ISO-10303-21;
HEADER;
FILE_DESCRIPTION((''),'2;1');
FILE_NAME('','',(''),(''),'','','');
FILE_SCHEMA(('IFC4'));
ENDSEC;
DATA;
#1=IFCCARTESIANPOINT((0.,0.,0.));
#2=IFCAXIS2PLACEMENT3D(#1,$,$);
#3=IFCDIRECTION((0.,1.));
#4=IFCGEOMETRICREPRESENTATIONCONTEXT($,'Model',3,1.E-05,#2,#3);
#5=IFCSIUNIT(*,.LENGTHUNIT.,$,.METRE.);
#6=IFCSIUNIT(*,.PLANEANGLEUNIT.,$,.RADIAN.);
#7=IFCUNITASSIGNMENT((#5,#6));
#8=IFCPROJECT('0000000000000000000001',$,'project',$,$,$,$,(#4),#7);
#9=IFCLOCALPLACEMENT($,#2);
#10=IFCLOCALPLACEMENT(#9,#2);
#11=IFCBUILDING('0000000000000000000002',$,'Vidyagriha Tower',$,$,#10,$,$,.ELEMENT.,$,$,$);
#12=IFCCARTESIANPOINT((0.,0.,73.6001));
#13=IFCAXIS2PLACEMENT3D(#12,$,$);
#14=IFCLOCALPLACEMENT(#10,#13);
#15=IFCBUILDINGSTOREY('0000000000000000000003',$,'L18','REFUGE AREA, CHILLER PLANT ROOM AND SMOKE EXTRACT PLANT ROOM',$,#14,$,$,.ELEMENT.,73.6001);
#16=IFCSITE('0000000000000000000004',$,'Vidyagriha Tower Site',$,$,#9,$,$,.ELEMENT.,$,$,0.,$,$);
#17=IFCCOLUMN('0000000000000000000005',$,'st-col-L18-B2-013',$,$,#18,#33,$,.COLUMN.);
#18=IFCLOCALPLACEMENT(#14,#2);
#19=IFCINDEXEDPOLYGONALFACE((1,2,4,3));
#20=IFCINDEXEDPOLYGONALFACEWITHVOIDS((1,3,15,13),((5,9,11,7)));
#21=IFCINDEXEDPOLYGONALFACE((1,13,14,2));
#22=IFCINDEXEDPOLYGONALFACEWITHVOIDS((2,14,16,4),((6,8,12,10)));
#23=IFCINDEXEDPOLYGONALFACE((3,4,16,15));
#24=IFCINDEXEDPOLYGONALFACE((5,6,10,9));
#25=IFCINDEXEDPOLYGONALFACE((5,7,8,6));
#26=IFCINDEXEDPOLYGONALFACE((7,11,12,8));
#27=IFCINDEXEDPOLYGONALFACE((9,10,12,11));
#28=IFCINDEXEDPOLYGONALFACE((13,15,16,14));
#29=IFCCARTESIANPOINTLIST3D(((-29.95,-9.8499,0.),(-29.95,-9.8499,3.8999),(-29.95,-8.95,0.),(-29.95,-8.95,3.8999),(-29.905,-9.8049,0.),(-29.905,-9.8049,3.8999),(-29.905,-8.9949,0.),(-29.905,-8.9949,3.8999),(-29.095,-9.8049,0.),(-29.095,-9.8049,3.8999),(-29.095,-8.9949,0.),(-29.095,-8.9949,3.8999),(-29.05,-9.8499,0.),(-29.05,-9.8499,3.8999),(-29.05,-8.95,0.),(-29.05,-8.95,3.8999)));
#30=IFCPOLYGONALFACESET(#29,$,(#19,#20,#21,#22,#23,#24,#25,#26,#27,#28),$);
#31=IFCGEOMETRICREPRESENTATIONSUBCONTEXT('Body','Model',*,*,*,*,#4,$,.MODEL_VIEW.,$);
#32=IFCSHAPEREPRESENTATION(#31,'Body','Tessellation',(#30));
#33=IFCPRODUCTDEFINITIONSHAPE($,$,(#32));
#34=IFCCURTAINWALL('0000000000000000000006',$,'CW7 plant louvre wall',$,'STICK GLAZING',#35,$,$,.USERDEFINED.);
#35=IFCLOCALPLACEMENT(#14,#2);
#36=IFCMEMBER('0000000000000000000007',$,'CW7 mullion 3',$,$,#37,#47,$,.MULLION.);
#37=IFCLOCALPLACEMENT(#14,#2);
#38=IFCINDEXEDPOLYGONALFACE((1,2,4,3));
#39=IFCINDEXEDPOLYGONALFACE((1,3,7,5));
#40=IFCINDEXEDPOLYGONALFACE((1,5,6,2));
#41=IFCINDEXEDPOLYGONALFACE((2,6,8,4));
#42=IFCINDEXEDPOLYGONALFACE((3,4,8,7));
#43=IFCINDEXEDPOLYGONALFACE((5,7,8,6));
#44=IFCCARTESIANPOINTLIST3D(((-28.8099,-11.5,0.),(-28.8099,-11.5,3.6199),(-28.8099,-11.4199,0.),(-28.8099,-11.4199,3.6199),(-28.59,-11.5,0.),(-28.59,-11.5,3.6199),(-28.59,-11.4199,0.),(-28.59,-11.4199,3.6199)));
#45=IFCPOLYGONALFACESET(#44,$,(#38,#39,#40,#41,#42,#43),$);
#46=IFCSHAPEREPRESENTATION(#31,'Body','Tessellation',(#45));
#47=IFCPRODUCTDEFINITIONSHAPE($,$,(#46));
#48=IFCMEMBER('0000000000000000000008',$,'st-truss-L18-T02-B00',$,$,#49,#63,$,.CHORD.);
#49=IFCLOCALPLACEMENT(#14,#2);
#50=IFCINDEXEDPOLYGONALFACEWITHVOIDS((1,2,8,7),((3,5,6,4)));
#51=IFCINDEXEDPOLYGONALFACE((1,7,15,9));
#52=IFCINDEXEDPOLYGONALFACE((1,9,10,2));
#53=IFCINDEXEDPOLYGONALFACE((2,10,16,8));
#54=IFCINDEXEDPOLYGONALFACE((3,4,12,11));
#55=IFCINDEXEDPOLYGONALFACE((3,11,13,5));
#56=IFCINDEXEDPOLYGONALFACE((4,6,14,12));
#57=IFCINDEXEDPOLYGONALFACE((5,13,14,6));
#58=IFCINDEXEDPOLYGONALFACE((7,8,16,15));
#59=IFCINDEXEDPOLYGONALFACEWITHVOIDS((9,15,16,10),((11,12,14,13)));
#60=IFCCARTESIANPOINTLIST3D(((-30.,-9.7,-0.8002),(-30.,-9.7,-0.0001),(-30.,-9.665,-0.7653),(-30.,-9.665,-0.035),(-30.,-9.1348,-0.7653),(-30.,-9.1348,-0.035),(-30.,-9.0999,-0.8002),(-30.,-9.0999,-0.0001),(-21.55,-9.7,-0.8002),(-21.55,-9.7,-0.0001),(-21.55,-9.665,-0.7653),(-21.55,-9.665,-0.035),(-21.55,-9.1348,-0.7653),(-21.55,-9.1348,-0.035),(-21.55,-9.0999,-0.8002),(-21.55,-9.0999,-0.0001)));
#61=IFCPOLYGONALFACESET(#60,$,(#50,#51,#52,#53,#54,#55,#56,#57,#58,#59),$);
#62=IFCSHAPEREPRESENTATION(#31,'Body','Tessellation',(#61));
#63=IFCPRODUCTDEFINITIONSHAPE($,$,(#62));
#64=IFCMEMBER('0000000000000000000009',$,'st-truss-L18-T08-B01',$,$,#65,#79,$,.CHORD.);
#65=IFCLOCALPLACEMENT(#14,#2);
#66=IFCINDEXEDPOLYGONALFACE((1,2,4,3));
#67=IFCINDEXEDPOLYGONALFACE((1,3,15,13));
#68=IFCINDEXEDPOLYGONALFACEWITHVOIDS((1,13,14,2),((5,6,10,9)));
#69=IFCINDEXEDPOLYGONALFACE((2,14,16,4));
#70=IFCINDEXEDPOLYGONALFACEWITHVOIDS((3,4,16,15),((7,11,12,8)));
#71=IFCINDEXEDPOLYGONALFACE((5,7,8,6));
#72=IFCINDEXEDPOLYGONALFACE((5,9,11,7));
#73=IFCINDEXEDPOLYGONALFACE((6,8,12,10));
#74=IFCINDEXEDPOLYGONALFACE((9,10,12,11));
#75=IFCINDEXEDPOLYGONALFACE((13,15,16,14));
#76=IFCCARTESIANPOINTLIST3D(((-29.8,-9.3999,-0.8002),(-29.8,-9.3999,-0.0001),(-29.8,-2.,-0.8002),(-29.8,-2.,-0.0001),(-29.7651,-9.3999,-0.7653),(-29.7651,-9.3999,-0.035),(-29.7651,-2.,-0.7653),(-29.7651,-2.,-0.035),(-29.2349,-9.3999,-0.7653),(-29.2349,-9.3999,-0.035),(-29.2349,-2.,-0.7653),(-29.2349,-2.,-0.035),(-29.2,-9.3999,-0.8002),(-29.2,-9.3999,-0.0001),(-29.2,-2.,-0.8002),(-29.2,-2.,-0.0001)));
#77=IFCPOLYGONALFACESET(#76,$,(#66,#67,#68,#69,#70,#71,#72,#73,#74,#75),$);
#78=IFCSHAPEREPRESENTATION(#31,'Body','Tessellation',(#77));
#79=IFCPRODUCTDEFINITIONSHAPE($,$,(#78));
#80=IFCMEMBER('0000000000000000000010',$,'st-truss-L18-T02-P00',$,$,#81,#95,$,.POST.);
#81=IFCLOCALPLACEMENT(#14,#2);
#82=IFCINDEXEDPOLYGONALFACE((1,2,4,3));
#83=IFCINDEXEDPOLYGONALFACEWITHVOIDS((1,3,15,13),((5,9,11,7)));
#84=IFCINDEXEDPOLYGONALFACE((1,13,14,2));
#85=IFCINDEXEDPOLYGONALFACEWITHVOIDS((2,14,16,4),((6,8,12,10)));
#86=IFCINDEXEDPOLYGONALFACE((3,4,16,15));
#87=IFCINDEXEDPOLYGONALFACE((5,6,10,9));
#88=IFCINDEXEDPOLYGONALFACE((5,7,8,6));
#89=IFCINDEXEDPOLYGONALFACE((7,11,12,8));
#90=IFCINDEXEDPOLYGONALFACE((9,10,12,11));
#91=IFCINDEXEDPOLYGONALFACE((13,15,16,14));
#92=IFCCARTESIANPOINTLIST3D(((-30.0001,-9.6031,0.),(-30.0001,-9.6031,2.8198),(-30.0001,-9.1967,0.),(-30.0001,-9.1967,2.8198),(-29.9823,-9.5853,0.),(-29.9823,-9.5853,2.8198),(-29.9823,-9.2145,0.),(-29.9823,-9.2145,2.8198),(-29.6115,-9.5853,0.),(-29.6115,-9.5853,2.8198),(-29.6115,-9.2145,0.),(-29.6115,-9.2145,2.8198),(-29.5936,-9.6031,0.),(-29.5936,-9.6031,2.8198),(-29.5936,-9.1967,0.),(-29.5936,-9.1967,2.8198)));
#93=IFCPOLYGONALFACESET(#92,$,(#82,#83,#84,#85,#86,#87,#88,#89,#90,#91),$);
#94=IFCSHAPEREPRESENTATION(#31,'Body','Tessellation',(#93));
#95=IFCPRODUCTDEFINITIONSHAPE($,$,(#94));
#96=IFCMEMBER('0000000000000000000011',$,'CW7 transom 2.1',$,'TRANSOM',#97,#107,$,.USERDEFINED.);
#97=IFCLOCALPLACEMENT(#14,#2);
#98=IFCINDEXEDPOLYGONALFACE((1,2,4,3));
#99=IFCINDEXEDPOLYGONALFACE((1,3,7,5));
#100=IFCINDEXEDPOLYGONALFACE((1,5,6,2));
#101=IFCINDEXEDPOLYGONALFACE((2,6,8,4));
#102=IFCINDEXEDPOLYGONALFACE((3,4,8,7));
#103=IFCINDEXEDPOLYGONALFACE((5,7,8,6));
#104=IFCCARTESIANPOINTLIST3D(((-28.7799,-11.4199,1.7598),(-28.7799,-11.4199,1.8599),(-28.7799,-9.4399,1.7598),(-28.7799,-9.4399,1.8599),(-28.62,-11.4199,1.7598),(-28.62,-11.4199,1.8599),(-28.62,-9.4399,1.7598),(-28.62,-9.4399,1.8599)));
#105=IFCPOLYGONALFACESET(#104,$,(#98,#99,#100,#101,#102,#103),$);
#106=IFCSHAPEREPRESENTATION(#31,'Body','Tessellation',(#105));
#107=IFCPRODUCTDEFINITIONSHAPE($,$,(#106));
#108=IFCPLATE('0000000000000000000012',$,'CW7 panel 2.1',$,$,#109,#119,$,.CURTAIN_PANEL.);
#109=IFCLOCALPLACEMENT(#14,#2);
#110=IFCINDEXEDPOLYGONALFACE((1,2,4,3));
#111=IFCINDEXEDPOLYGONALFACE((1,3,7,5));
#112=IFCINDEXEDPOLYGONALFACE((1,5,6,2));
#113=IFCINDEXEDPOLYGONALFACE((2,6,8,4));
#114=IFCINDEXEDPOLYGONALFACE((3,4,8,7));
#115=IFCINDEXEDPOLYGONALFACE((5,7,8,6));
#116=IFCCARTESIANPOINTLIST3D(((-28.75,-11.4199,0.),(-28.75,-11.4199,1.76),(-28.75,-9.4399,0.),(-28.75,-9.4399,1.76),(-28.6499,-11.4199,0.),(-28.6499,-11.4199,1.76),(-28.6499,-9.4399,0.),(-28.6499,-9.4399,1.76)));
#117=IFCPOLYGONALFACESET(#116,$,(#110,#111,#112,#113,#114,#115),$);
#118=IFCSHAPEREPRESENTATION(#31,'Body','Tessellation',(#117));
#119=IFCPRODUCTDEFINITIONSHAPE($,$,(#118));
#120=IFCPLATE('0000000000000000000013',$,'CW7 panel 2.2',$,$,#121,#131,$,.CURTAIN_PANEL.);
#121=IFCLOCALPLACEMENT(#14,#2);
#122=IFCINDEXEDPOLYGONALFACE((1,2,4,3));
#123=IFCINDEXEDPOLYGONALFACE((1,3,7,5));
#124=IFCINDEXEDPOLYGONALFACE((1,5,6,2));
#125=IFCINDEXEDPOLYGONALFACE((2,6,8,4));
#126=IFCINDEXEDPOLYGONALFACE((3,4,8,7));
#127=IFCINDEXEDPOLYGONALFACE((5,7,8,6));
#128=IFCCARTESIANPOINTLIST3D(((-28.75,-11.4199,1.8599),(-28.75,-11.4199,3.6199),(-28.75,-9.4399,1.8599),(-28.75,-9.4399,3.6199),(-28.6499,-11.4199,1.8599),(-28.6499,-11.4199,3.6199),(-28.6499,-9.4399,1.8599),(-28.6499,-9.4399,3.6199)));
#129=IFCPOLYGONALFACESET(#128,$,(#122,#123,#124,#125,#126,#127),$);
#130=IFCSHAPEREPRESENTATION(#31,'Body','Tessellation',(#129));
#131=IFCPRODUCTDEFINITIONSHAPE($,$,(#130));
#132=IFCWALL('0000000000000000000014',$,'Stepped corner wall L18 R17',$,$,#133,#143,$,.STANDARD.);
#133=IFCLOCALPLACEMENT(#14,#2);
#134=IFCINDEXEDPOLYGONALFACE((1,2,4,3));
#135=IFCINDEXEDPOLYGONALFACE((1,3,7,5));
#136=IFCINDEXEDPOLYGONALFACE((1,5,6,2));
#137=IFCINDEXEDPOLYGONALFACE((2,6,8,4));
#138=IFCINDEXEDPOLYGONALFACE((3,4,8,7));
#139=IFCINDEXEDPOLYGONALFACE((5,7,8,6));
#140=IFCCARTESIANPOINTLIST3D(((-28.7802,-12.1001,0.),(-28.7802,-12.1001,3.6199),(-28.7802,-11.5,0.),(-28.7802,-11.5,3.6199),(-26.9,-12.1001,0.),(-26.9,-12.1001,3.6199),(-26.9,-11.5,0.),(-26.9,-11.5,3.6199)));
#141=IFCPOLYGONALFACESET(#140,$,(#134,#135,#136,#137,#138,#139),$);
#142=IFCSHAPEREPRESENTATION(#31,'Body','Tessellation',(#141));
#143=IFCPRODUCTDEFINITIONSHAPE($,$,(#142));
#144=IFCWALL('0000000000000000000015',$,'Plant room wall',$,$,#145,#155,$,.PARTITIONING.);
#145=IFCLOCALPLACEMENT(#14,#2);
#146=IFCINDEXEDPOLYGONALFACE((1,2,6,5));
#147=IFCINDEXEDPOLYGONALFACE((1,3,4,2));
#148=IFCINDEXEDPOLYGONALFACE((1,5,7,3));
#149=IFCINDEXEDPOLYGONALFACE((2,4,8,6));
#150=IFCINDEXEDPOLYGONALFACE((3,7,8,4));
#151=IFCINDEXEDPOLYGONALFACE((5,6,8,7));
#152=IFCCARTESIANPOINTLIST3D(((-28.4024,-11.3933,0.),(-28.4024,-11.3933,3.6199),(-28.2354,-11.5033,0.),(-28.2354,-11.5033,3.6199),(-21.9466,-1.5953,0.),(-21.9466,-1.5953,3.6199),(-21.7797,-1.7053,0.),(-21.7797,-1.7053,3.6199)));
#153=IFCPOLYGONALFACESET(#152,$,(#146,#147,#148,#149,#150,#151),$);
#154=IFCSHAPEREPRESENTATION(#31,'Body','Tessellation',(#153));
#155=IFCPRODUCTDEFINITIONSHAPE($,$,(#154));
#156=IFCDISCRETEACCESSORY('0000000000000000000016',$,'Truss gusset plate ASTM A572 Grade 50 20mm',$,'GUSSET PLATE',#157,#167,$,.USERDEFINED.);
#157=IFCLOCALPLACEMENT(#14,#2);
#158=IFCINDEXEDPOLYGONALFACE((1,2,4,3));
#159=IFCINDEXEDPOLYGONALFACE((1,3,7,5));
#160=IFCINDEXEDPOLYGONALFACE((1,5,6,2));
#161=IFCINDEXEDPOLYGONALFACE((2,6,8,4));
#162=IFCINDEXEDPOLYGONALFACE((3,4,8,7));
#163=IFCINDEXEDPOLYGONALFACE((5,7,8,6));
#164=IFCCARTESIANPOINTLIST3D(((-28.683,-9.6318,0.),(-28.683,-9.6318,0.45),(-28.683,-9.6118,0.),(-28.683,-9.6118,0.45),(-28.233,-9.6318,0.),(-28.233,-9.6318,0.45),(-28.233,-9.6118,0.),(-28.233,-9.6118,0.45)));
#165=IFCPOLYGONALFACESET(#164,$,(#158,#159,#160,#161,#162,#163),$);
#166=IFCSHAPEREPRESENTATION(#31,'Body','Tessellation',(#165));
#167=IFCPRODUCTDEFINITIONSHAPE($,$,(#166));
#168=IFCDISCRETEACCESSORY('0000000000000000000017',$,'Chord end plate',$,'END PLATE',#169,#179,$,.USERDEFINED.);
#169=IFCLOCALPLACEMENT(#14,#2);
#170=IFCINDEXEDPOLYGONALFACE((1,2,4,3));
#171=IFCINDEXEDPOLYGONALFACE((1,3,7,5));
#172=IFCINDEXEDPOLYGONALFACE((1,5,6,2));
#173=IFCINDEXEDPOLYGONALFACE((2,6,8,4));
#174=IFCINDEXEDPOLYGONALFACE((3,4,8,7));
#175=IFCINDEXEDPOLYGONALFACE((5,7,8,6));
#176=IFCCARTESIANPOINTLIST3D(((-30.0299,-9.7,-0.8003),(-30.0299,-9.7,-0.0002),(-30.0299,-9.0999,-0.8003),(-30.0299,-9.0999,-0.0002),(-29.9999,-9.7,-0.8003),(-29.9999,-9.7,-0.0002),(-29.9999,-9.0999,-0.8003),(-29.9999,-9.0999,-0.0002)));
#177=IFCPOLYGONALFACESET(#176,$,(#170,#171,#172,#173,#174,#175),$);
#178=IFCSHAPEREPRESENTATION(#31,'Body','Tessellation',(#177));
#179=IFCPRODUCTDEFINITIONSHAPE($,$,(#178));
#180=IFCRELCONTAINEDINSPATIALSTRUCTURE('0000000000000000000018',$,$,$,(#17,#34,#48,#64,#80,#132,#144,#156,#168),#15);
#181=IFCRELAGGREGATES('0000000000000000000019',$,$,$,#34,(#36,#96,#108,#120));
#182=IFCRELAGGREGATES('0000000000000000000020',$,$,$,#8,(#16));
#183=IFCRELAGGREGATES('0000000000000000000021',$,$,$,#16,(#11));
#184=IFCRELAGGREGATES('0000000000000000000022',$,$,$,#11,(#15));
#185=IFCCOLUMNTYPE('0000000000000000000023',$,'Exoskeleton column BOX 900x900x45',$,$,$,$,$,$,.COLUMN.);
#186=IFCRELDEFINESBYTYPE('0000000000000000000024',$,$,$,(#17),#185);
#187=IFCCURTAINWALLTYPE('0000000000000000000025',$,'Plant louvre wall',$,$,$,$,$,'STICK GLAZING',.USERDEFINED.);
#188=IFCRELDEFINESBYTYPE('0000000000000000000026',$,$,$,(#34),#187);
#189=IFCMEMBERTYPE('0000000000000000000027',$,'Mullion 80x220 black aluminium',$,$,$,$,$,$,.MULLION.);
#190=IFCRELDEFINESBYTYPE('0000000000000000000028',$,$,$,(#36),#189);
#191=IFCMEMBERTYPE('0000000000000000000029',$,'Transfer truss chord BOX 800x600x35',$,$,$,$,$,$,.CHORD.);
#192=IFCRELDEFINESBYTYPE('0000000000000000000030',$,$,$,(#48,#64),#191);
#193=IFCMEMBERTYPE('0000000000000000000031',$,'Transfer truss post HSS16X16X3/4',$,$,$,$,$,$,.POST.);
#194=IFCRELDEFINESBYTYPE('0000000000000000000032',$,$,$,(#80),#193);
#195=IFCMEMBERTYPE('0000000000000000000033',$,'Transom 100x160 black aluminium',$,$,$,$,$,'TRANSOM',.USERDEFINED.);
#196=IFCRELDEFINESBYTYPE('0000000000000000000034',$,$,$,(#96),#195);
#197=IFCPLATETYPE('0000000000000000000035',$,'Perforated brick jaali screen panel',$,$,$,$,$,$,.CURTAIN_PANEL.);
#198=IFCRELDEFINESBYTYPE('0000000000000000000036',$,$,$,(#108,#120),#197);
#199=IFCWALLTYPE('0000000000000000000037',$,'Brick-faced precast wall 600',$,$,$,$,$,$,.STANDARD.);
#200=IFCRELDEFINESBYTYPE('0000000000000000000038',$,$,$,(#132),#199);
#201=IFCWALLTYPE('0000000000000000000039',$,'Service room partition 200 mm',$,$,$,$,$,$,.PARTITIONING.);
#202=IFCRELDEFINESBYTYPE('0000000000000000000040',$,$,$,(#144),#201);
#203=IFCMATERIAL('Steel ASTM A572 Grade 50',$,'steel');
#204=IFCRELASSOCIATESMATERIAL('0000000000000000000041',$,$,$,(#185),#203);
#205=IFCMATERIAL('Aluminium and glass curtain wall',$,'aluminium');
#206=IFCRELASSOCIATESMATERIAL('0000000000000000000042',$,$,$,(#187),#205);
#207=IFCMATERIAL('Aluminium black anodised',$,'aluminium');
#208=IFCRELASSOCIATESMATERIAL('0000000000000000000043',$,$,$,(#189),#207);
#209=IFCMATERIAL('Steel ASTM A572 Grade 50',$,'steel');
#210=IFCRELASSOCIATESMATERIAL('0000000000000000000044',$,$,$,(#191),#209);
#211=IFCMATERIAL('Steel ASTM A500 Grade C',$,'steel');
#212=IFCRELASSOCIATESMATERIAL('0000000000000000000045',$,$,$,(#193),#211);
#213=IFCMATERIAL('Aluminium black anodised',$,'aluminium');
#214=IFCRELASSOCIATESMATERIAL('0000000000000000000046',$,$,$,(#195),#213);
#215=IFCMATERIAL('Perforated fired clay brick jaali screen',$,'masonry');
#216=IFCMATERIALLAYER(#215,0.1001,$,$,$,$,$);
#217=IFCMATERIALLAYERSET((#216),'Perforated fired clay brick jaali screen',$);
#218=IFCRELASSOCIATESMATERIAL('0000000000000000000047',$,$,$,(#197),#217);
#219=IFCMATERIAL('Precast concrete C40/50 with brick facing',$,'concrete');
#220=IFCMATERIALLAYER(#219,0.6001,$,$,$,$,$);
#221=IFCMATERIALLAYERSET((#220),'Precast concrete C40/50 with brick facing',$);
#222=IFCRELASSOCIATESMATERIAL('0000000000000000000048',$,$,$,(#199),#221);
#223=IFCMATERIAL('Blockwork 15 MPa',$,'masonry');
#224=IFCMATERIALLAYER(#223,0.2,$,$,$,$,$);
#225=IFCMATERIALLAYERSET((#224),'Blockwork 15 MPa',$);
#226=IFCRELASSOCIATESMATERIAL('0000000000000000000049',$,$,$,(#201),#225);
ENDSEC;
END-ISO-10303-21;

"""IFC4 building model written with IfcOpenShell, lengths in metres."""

from ifc_helpers import new_model, si_unit, direction, frame, frame_2d, origin, origin_2d, place, context, subcontext, project, spatial, rectangle, hollow_rectangle, extrude, material, layer, layer_set, material_profile, profile_set, type_object, element, aggregate, save


model = new_model("IFC4")

# Units and contexts
model_context = context("Model", 3, precision=1e-05, world=origin(), true_north=direction((0.0, 1.0)))
body_context = subcontext(model_context, "Body", "Model", "MODEL_VIEW")
ifc_project = project(units=[si_unit("LENGTHUNIT", "METRE"), si_unit("PLANEANGLEUNIT", "RADIAN")], contexts=[model_context])

# Site, building, storey
site_placement = place(None, origin())
site = spatial("IfcSite", under=ifc_project, at=site_placement, Name="Vidyagriha Tower Site", CompositionType="ELEMENT", RefElevation=0.0)
building_placement = place(site_placement, origin())
building = spatial("IfcBuilding", under=site, at=building_placement, Name="Vidyagriha Tower", CompositionType="ELEMENT")
storey_placement = place(building_placement, frame((0.0, 0.0, 73.6001)))
storey = spatial("IfcBuildingStorey", under=building, at=storey_placement, Name="L18", Description="REFUGE AREA, CHILLER PLANT ROOM AND SMOKE EXTRACT PLANT ROOM", CompositionType="ELEMENT", Elevation=73.6001)

# Column
ifc_material_1 = material(Name="Steel ASTM A572 Grade 50", Category="steel")
ifc_material_profile_1 = material_profile(ifc_material_1, hollow_rectangle(XDim=0.8999, YDim=0.8999, WallThickness=0.0449, at=origin_2d()), Name="BOX 900x900x45")
ifc_profile_set_1 = profile_set([ifc_material_profile_1], Name="Steel ASTM A572 Grade 50")
column_type = type_object("IfcColumnType", Name="Exoskeleton column BOX 900x900x45", PredefinedType="COLUMN", material=ifc_profile_set_1)
column_placement = place(storey_placement, frame((-29.5, -9.3999, 0.0)))
element("IfcColumn", 1, at=column_placement, inside=storey, type_object=column_type, Name="st-col-L18-B2-013", PredefinedType="COLUMN", context=body_context, shape_type="SweptSolid", body=[
    extrude(hollow_rectangle(XDim=0.8999, YDim=0.8999, WallThickness=0.0449, at=origin_2d()), origin(), (0.0, 0.0, 1.0), 3.8999),
])

# Curtain wall, member
ifc_material_2 = material(Name="Aluminium and glass curtain wall", Category="aluminium")
curtain_wall_type = type_object("IfcCurtainWallType", Name="Plant louvre wall", ElementType="STICK GLAZING", PredefinedType="USERDEFINED", material=ifc_material_2)
curtain_wall_placement = place(storey_placement, origin())
curtain_wall = element("IfcCurtainWall", 2, at=curtain_wall_placement, inside=storey, type_object=curtain_wall_type, Name="CW7 plant louvre wall", ObjectType="STICK GLAZING", PredefinedType="USERDEFINED")
ifc_material_3 = material(Name="Aluminium black anodised", Category="aluminium")
ifc_material_profile_2 = material_profile(ifc_material_3, rectangle(XDim=0.22, YDim=0.0801, at=origin_2d()), Name="Mullion 80x220 black aluminium")
ifc_profile_set_2 = profile_set([ifc_material_profile_2], Name="Aluminium black anodised")
member_type_1 = type_object("IfcMemberType", Name="Mullion 80x220 black aluminium", PredefinedType="MULLION", material=ifc_profile_set_2)
member_1_placement = place(storey_placement, frame((-28.7, -11.46, 0.0)))
member_1 = element("IfcMember", 3, at=member_1_placement, type_object=member_type_1, Name="CW7 mullion 3", PredefinedType="MULLION", context=body_context, shape_type="SweptSolid", body=[
    extrude(rectangle(XDim=0.22, YDim=0.0801, at=origin_2d()), origin(), (0.0, 0.0, 1.0), 3.6199),
])

# Members
ifc_material_4 = material(Name="Steel ASTM A572 Grade 50", Category="steel")
ifc_material_profile_3 = material_profile(ifc_material_4, hollow_rectangle(XDim=0.6001, YDim=0.8, WallThickness=0.0349, at=origin_2d()), Name="BOX 800x600x35")
ifc_profile_set_3 = profile_set([ifc_material_profile_3], Name="Steel ASTM A572 Grade 50")
member_type_2 = type_object("IfcMemberType", Name="Transfer truss chord BOX 800x600x35", PredefinedType="CHORD", material=ifc_profile_set_3)
member_2_placement = place(storey_placement, frame((-30.0, -9.3999, -0.4001), z_axis=(1.0, 0.0, 0.0), x_axis=(0.0, 1.0, 0.0)))
element("IfcMember", 4, at=member_2_placement, inside=storey, type_object=member_type_2, Name="st-truss-L18-T02-B00", PredefinedType="CHORD", context=body_context, shape_type="SweptSolid", body=[
    extrude(hollow_rectangle(XDim=0.6001, YDim=0.8, WallThickness=0.0349, at=origin_2d()), origin(), (0.0, 0.0, 1.0), 8.45),
])
member_3_placement = place(storey_placement, frame((-29.5, -9.3999, -0.4001), z_axis=(0.0, 1.0, 0.0), x_axis=(-1.0, 0.0, 0.0)))
element("IfcMember", 5, at=member_3_placement, inside=storey, type_object=member_type_2, Name="st-truss-L18-T08-B01", PredefinedType="CHORD", context=body_context, shape_type="SweptSolid", body=[
    extrude(hollow_rectangle(XDim=0.6001, YDim=0.8, WallThickness=0.0349, at=origin_2d()), origin(), (0.0, 0.0, 1.0), 7.3999),
])
ifc_material_5 = material(Name="Steel ASTM A500 Grade C", Category="steel")
ifc_material_profile_4 = material_profile(ifc_material_5, hollow_rectangle(XDim=0.4065, YDim=0.4065, WallThickness=0.0178, at=origin_2d()), Name="HSS16X16X3/4")
ifc_profile_set_4 = profile_set([ifc_material_profile_4], Name="Steel ASTM A500 Grade C")
member_type_3 = type_object("IfcMemberType", Name="Transfer truss post HSS16X16X3/4", PredefinedType="POST", material=ifc_profile_set_4)
member_4_placement = place(storey_placement, frame((-29.7969, -9.3999, 0.0)))
element("IfcMember", 6, at=member_4_placement, inside=storey, type_object=member_type_3, Name="st-truss-L18-T02-P00", PredefinedType="POST", context=body_context, shape_type="SweptSolid", body=[
    extrude(hollow_rectangle(XDim=0.4065, YDim=0.4065, WallThickness=0.0178, at=origin_2d()), origin(), (0.0, 0.0, 1.0), 2.8198),
])

# Member
ifc_material_6 = material(Name="Aluminium black anodised", Category="aluminium")
ifc_material_profile_5 = material_profile(ifc_material_6, rectangle(XDim=0.1599, YDim=0.1001, at=origin_2d()), Name="Transom 100x160 black aluminium")
ifc_profile_set_5 = profile_set([ifc_material_profile_5], Name="Aluminium black anodised")
member_type_4 = type_object("IfcMemberType", Name="Transom 100x160 black aluminium", ElementType="TRANSOM", PredefinedType="USERDEFINED", material=ifc_profile_set_5)
member_5_placement = place(storey_placement, frame((-28.7, -9.4399, 1.8098), z_axis=(0.0, -1.0, 0.0), x_axis=(1.0, 0.0, 0.0)))
member_5 = element("IfcMember", 7, at=member_5_placement, type_object=member_type_4, Name="CW7 transom 2.1", ObjectType="TRANSOM", PredefinedType="USERDEFINED", context=body_context, shape_type="SweptSolid", body=[
    extrude(rectangle(XDim=0.1599, YDim=0.1001, at=origin_2d()), origin(), (0.0, 0.0, 1.0), 1.98),
])

# Plates
ifc_material_7 = material(Name="Perforated fired clay brick jaali screen", Category="masonry")
ifc_layer_1 = layer(ifc_material_7, 0.1001)
ifc_layer_set_1 = layer_set([ifc_layer_1], Name="Perforated fired clay brick jaali screen")
plate_type = type_object("IfcPlateType", Name="Perforated brick jaali screen panel", PredefinedType="CURTAIN_PANEL", material=ifc_layer_set_1)
plate_1_placement = place(storey_placement, frame((-28.7, -10.4299, 0.0), z_axis=(0.0, 0.0, 1.0), x_axis=(0.0, -1.0, 0.0)))
plate_1 = element("IfcPlate", 8, at=plate_1_placement, type_object=plate_type, Name="CW7 panel 2.1", PredefinedType="CURTAIN_PANEL", context=body_context, shape_type="SweptSolid", body=[
    extrude(rectangle(XDim=1.98, YDim=0.1001, at=origin_2d()), origin(), (0.0, 0.0, 1.0), 1.76),
])
plate_2_placement = place(storey_placement, frame((-28.7, -10.4299, 1.8599), z_axis=(0.0, 0.0, 1.0), x_axis=(0.0, -1.0, 0.0)))
plate_2 = element("IfcPlate", 9, at=plate_2_placement, type_object=plate_type, Name="CW7 panel 2.2", PredefinedType="CURTAIN_PANEL", context=body_context, shape_type="SweptSolid", body=[
    extrude(rectangle(XDim=1.98, YDim=0.1001, at=origin_2d()), origin(), (0.0, 0.0, 1.0), 1.76),
])
aggregate(curtain_wall, [member_1, member_5, plate_1, plate_2])

# Walls
ifc_material_8 = material(Name="Precast concrete C40/50 with brick facing", Category="concrete")
ifc_layer_2 = layer(ifc_material_8, 0.6001)
ifc_layer_set_2 = layer_set([ifc_layer_2], Name="Precast concrete C40/50 with brick facing")
wall_type_1 = type_object("IfcWallType", Name="Brick-faced precast wall 600", PredefinedType="STANDARD", material=ifc_layer_set_2)
wall_1_placement = place(storey_placement, frame((-28.78, -11.8, 0.0)))
element("IfcWall", 10, at=wall_1_placement, inside=storey, type_object=wall_type_1, Name="Stepped corner wall L18 R17", PredefinedType="STANDARD", context=body_context, shape_type="SweptSolid", body=[
    extrude(rectangle(XDim=1.8801, YDim=0.6001, at=frame_2d((0.9399, 0.0))), origin(), (0.0, 0.0, 1.0), 3.6199),
])
ifc_material_9 = material(Name="Blockwork 15 MPa", Category="masonry")
ifc_layer_3 = layer(ifc_material_9, 0.2)
ifc_layer_set_3 = layer_set([ifc_layer_3], Name="Blockwork 15 MPa")
wall_type_2 = type_object("IfcWallType", Name="Service room partition 200 mm", PredefinedType="PARTITIONING", material=ifc_layer_set_3)
wall_2_placement = place(storey_placement, frame((-28.3188, -11.4482, 0.0), z_axis=(0.0, 0.0, 1.0), x_axis=(0.550193, 0.835038, 0.0)))
element("IfcWall", 11, at=wall_2_placement, inside=storey, type_object=wall_type_2, Name="Plant room wall", PredefinedType="PARTITIONING", context=body_context, shape_type="SweptSolid", body=[
    extrude(rectangle(XDim=11.7336, YDim=0.2, at=frame_2d((5.8667, 0.0))), origin(), (0.0, 0.0, 1.0), 3.6199),
])

# Discrete accessories
discrete_accessory_1_placement = place(storey_placement, frame((-28.458, -9.6218, 0.0)))
element("IfcDiscreteAccessory", 12, at=discrete_accessory_1_placement, inside=storey, Name="Truss gusset plate ASTM A572 Grade 50 20mm", ObjectType="GUSSET PLATE", PredefinedType="USERDEFINED", context=body_context, shape_type="SweptSolid", body=[
    extrude(rectangle(XDim=0.45, YDim=0.02, at=origin_2d()), origin(), (0.0, 0.0, 1.0), 0.45),
])
discrete_accessory_2_placement = place(storey_placement, frame((-30.0149, -9.3999, -0.8003), z_axis=(0.0, 0.0, 1.0), x_axis=(-1.0, 0.0, 0.0)))
element("IfcDiscreteAccessory", 13, at=discrete_accessory_2_placement, inside=storey, Name="Chord end plate", ObjectType="END PLATE", PredefinedType="USERDEFINED", context=body_context, shape_type="SweptSolid", body=[
    extrude(rectangle(XDim=0.03, YDim=0.6001, at=origin_2d()), origin(), (0.0, 0.0, 1.0), 0.8),
])

save(model, "model.ifc")
